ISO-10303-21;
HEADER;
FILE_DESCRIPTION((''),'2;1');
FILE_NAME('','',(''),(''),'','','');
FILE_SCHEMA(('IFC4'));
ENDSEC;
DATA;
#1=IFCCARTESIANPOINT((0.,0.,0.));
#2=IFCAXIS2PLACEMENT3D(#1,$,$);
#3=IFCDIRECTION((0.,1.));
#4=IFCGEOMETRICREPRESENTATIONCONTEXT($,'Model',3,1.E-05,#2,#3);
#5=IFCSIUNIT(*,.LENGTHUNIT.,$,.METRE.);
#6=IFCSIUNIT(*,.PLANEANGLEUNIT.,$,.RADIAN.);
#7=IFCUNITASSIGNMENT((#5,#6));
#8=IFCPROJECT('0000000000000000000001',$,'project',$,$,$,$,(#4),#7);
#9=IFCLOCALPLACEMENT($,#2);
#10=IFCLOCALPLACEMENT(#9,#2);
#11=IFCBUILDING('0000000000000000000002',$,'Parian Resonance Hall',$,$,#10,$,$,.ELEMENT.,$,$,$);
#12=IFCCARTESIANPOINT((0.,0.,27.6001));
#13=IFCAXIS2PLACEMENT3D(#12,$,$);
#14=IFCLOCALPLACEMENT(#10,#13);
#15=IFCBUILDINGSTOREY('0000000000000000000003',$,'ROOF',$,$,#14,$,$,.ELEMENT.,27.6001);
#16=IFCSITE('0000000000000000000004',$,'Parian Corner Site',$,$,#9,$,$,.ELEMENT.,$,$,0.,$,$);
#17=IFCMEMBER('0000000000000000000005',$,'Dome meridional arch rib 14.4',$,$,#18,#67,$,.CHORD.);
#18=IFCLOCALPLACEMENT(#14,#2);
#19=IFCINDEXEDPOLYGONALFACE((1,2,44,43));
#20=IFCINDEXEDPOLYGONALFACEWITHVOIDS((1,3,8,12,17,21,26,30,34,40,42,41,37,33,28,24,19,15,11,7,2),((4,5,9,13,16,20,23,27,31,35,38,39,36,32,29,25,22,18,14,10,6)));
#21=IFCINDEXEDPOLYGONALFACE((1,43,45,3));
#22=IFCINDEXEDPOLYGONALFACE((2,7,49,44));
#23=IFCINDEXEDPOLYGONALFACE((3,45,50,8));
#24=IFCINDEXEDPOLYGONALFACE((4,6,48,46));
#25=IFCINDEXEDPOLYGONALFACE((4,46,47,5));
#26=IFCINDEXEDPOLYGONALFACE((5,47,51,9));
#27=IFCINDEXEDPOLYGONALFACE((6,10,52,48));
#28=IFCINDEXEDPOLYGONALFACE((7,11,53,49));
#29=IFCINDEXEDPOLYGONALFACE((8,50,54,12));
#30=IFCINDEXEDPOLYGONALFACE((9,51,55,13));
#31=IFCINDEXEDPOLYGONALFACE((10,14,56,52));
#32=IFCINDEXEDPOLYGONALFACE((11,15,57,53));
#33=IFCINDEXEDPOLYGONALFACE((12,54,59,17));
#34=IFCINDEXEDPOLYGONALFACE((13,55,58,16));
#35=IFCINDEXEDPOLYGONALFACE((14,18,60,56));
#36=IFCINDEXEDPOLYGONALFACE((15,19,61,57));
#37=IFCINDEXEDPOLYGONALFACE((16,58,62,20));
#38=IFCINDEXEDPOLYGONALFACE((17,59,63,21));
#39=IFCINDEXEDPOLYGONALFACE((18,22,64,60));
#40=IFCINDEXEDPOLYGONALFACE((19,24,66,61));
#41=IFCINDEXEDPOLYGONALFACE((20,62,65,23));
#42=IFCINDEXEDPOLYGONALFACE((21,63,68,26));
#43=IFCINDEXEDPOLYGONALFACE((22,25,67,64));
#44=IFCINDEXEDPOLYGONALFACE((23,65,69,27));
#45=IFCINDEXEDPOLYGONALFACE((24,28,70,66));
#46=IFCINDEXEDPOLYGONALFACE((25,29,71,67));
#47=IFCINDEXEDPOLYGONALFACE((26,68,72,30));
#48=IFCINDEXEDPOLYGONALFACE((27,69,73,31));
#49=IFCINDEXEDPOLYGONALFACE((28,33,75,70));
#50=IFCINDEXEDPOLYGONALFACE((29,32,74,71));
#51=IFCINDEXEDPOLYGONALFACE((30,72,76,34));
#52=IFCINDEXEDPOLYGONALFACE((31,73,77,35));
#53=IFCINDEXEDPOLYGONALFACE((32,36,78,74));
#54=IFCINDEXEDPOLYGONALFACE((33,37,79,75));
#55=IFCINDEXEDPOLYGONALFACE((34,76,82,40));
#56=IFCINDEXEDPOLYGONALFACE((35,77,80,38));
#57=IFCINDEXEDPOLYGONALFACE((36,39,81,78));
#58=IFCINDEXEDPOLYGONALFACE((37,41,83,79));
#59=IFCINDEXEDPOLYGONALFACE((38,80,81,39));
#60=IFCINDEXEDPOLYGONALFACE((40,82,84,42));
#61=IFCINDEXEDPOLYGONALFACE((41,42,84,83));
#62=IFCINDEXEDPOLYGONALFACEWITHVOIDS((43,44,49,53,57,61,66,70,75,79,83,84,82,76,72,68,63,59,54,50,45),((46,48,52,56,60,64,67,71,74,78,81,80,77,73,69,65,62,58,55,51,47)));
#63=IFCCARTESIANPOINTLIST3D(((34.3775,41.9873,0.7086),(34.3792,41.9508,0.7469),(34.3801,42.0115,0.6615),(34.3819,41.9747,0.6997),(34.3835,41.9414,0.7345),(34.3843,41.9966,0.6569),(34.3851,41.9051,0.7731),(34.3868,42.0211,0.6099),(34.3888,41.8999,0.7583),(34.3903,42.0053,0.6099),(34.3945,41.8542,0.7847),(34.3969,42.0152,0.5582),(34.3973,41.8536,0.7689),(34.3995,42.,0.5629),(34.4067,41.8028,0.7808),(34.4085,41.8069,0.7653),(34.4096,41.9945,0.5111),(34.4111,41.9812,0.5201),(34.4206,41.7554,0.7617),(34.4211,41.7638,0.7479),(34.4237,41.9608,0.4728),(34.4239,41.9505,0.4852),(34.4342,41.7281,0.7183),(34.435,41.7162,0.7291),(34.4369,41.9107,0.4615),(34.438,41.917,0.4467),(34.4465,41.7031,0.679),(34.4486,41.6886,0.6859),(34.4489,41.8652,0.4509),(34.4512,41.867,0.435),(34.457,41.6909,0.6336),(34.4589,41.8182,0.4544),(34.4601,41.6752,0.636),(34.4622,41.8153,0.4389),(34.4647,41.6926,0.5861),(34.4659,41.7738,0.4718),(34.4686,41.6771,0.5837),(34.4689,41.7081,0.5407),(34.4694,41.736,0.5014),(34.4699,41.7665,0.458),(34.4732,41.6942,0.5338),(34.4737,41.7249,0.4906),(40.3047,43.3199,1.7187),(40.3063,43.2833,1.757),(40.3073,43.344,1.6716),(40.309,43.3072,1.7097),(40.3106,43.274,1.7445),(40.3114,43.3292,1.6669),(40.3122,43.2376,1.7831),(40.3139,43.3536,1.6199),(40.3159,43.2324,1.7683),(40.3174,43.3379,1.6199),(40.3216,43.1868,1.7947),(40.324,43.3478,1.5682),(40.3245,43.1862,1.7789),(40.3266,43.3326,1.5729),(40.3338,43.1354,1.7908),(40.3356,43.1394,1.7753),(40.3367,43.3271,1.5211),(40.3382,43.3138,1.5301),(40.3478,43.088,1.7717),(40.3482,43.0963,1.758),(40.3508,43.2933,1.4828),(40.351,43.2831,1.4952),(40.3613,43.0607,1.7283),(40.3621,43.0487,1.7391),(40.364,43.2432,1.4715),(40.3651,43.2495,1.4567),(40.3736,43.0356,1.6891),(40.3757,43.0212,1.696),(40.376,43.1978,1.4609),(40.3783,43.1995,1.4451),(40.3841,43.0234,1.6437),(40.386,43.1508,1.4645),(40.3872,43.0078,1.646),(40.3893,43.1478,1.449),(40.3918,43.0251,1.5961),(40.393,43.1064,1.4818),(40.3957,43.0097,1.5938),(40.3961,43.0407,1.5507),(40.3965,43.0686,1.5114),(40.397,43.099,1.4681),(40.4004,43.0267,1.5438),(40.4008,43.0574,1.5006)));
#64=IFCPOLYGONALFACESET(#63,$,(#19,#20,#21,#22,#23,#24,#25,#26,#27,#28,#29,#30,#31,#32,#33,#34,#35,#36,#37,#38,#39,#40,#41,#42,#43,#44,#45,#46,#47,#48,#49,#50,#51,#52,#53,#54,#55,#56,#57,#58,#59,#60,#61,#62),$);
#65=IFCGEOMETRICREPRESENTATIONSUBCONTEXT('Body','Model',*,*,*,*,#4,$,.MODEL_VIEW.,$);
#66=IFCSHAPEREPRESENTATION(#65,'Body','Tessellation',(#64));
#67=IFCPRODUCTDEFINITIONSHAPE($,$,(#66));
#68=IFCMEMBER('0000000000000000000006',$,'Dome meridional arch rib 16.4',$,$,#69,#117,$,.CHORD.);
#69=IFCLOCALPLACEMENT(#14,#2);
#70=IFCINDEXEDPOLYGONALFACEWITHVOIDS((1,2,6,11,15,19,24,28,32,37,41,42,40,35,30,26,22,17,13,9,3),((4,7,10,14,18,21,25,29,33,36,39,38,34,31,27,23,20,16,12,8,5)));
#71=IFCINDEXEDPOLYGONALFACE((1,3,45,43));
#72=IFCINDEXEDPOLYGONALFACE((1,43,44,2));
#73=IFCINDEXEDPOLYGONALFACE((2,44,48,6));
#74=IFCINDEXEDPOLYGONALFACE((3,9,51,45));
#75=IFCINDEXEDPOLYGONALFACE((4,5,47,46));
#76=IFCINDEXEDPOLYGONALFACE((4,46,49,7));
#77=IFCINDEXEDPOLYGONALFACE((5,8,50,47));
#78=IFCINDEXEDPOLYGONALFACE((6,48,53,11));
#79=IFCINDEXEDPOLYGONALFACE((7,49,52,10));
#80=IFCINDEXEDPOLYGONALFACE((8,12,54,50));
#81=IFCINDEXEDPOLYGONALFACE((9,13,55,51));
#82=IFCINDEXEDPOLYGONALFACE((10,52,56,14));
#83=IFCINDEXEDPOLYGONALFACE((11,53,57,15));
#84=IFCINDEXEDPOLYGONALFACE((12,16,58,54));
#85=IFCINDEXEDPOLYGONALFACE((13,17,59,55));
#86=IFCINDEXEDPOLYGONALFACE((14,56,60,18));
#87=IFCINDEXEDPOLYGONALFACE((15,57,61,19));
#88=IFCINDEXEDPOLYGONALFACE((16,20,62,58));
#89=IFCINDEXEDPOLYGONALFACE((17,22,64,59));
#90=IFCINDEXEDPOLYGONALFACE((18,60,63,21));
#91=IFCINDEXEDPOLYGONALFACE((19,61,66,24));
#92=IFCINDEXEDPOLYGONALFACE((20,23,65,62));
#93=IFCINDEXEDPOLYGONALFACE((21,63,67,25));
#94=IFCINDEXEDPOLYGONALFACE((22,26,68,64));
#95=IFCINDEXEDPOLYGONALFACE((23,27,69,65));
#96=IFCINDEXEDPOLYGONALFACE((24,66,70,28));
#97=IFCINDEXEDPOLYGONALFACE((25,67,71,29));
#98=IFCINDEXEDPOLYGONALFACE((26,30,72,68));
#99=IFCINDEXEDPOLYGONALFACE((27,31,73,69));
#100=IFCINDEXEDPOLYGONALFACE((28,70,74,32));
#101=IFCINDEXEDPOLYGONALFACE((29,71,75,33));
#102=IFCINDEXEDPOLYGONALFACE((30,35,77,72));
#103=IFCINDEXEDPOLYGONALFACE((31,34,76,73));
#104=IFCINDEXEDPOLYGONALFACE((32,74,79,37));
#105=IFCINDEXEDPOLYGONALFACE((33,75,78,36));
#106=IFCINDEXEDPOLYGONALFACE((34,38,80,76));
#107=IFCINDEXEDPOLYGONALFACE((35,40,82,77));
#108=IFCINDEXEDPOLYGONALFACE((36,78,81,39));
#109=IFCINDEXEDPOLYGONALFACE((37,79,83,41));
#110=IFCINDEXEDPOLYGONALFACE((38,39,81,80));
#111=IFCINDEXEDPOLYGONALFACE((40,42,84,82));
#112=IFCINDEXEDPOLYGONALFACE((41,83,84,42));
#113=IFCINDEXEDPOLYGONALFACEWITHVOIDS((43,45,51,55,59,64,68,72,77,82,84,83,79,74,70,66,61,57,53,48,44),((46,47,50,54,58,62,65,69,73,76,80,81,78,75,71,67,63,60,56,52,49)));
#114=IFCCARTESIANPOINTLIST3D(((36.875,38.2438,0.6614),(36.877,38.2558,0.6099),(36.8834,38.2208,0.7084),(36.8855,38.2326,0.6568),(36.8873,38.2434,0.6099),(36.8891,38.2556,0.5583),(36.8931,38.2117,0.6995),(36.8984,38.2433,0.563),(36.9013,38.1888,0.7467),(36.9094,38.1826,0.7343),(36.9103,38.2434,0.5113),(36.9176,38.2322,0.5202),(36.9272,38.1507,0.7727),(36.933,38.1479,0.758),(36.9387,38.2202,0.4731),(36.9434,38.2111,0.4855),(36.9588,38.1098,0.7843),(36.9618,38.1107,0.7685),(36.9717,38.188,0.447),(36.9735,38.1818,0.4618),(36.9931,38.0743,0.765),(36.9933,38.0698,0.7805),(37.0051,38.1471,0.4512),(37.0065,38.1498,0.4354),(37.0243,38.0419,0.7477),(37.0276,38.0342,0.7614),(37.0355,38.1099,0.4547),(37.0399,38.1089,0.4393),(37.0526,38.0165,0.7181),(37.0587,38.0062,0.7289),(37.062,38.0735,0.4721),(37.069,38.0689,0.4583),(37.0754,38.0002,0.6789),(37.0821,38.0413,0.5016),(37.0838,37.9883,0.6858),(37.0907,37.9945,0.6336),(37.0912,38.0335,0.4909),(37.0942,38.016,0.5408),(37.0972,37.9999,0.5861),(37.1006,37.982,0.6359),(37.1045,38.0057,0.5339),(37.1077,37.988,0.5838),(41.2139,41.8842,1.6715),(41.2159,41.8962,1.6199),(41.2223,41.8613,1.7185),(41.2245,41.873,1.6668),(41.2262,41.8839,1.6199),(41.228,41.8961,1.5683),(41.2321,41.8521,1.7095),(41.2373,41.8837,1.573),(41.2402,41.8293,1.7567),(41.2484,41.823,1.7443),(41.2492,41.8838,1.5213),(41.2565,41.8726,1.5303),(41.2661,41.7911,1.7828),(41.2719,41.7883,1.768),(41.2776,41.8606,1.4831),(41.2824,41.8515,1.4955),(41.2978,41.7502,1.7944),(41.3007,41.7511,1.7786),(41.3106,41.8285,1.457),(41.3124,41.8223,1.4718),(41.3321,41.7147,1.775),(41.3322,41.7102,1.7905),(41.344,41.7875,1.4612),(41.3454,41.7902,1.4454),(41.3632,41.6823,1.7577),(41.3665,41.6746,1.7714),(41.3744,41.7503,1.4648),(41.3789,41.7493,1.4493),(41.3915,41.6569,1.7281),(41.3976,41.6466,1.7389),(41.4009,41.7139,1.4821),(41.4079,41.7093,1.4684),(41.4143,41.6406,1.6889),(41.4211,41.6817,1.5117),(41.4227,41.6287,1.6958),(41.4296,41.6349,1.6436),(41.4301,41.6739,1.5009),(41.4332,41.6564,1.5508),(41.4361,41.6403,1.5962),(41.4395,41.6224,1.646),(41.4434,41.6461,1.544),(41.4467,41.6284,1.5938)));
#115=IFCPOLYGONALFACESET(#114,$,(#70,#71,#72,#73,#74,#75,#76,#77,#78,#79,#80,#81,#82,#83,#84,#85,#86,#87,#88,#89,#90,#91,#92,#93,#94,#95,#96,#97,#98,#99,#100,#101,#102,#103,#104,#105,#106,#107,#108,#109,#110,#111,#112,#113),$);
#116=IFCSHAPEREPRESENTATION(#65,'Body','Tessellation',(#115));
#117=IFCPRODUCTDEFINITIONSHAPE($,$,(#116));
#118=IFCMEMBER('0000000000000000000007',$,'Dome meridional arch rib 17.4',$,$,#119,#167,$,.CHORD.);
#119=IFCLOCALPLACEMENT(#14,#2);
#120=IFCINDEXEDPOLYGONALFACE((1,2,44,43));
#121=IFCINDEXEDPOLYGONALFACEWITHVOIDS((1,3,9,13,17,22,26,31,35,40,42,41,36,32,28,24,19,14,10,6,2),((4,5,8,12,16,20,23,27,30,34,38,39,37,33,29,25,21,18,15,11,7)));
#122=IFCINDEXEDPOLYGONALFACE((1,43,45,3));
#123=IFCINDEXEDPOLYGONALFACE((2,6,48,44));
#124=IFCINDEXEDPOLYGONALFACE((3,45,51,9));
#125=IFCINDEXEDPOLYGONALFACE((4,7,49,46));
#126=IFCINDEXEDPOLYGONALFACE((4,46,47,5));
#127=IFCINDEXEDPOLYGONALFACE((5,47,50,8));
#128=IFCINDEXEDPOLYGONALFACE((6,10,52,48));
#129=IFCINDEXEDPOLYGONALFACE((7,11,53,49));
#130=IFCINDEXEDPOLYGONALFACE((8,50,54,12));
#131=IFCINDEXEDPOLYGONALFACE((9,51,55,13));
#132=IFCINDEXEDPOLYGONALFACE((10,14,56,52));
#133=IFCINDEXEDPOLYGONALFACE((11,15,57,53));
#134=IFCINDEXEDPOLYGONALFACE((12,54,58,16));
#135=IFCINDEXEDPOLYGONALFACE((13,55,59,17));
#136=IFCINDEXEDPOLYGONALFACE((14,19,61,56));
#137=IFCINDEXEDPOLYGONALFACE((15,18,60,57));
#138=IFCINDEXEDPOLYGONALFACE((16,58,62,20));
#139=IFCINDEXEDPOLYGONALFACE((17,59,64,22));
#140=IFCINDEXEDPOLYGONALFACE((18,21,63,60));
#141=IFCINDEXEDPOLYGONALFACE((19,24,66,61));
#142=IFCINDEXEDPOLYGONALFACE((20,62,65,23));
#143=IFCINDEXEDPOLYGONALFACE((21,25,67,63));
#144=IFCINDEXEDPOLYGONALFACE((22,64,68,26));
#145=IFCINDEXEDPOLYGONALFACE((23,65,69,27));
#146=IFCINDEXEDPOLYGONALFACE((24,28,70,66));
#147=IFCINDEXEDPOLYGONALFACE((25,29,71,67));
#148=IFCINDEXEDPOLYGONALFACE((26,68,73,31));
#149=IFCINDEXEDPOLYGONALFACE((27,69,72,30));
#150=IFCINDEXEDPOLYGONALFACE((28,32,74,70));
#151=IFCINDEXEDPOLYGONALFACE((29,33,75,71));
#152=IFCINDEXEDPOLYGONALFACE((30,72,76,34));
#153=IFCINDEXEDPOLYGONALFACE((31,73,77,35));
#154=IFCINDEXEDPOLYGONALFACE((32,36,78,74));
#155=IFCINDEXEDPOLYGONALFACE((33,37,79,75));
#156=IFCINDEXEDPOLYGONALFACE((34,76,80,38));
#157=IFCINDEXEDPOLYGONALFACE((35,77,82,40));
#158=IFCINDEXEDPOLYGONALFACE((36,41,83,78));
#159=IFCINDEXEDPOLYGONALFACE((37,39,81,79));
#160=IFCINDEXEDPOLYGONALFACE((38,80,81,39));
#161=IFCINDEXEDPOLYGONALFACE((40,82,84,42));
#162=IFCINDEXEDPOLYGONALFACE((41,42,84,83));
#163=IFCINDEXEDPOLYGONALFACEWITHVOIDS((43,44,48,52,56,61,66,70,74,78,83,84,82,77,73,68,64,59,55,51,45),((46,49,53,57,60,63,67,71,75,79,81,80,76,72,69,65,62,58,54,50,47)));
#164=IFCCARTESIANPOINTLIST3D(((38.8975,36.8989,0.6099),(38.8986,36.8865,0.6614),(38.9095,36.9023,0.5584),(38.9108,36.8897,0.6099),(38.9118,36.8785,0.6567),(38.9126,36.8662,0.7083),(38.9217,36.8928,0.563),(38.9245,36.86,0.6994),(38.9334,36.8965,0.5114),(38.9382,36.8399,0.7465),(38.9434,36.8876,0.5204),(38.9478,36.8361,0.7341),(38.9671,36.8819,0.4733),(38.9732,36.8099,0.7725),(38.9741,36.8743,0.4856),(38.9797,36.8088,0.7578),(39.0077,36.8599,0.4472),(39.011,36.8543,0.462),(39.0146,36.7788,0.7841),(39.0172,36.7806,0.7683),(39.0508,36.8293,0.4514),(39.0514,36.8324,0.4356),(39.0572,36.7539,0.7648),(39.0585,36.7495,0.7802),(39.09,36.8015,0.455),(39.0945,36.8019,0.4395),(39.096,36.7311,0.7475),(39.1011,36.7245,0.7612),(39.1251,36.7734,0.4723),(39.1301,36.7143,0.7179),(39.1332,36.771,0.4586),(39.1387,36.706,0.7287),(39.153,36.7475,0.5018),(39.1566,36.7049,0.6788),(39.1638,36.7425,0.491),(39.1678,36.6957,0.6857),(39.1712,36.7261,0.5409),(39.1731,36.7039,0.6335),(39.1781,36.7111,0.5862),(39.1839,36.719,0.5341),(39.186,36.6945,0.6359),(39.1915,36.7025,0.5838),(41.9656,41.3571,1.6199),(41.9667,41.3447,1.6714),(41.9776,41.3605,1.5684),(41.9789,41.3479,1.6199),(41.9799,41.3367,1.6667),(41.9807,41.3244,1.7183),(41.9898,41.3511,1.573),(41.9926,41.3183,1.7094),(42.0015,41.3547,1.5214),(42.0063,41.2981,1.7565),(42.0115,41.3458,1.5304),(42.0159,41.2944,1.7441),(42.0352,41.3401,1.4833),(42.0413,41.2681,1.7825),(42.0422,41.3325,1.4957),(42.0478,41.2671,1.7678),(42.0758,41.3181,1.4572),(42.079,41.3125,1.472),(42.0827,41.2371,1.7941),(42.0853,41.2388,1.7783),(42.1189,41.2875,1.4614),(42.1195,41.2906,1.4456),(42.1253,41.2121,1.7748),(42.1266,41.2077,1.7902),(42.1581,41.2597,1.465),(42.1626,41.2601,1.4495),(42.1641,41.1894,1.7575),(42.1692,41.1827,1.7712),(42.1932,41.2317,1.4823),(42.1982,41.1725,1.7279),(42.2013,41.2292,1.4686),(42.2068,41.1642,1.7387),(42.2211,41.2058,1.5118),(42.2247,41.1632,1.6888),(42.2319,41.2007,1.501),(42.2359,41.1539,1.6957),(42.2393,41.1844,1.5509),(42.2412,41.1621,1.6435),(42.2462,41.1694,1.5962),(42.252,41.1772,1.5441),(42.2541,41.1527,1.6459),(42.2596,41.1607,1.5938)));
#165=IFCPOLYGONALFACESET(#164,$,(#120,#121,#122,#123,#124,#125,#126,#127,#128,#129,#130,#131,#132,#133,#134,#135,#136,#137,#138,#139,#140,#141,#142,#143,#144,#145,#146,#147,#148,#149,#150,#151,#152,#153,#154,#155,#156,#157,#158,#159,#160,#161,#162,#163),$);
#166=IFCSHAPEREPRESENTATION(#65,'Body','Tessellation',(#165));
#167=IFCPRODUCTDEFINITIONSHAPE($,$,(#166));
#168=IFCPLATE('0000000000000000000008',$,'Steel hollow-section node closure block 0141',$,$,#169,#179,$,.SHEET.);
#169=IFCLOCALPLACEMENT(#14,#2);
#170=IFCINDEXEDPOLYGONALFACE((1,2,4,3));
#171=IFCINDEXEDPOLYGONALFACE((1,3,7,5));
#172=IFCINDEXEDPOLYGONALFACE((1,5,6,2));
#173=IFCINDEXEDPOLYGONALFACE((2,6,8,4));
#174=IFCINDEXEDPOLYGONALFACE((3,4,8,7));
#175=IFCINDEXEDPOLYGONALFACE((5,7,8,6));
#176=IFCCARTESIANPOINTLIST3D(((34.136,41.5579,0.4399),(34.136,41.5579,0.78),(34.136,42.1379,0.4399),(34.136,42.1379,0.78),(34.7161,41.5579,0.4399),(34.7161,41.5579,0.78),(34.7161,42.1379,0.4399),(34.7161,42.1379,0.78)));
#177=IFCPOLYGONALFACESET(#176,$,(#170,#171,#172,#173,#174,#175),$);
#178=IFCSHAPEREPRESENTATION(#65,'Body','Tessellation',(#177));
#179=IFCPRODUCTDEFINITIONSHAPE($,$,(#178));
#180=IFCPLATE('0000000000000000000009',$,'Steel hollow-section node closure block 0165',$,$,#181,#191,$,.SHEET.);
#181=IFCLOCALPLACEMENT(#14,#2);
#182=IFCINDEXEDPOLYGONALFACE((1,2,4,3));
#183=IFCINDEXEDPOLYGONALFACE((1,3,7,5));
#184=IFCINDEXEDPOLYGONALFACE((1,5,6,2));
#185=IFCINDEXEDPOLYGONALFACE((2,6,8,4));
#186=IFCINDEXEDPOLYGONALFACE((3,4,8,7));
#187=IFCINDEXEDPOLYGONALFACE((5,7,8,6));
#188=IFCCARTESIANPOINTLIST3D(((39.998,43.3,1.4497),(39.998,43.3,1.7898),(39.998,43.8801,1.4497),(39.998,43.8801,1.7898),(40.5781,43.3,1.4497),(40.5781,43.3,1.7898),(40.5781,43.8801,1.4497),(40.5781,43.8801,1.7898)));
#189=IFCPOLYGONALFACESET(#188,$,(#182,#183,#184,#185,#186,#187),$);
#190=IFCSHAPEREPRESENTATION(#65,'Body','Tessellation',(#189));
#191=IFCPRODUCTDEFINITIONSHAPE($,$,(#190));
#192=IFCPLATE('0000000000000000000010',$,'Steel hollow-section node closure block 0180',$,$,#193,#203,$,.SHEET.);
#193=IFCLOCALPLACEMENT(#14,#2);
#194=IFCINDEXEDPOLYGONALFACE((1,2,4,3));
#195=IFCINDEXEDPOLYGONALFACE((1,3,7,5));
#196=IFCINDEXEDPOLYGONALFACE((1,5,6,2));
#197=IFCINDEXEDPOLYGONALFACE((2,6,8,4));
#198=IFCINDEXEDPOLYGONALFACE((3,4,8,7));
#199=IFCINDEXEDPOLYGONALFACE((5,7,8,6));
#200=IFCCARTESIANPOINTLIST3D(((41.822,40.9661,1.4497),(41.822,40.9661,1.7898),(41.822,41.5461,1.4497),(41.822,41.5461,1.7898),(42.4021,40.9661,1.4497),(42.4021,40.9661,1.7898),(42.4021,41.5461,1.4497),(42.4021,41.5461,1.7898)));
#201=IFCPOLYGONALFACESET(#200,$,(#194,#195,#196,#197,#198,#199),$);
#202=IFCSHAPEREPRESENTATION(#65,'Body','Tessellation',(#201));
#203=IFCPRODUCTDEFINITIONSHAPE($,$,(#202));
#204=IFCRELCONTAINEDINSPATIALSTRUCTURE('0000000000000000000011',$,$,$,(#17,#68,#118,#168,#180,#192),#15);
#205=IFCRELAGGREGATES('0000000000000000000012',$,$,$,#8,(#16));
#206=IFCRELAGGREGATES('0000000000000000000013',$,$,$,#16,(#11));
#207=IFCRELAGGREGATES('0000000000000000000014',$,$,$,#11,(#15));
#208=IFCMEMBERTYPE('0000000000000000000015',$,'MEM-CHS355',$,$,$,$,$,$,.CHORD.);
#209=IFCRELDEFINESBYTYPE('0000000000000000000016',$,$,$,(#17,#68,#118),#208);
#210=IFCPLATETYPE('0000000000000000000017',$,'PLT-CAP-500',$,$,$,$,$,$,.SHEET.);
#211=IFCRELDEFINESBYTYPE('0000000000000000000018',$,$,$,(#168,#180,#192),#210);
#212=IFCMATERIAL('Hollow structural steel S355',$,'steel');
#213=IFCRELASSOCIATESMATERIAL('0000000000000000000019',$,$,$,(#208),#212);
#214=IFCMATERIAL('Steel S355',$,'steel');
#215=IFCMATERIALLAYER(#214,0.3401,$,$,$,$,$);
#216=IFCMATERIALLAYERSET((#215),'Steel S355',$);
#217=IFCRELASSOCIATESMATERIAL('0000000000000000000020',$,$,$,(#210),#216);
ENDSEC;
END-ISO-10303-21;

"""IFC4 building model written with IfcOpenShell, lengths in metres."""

from ifc_helpers import new_model, si_unit, direction, frame, origin, origin_2d, place, context, subcontext, project, spatial, rectangle, hollow_circle, extrude, material, layer, layer_set, material_profile, profile_set, type_object, element, save


model = new_model("IFC4")

# Units and contexts
model_context = context("Model", 3, precision=1e-05, world=origin(), true_north=direction((0.0, 1.0)))
body_context = subcontext(model_context, "Body", "Model", "MODEL_VIEW")
ifc_project = project(units=[si_unit("LENGTHUNIT", "METRE"), si_unit("PLANEANGLEUNIT", "RADIAN")], contexts=[model_context])

# Site, building, storey
site_placement = place(None, origin())
site = spatial("IfcSite", under=ifc_project, at=site_placement, Name="Parian Corner Site", CompositionType="ELEMENT", RefElevation=0.0)
building_placement = place(site_placement, origin())
building = spatial("IfcBuilding", under=site, at=building_placement, Name="Parian Resonance Hall", CompositionType="ELEMENT")
storey_placement = place(building_placement, frame((0.0, 0.0, 27.6001)))
storey = spatial("IfcBuildingStorey", under=building, at=storey_placement, Name="ROOF", CompositionType="ELEMENT", Elevation=27.6001)

# Members
ifc_material_1 = material(Name="Hollow structural steel S355", Category="steel")
ifc_material_profile_1 = material_profile(ifc_material_1, hollow_circle(Radius=0.1777, WallThickness=0.0161, at=origin_2d()), Name="CHS355.6x16")
ifc_profile_set_1 = profile_set([ifc_material_profile_1], Name="Hollow structural steel S355")
member_type_1 = type_object("IfcMemberType", Name="MEM-CHS355", PredefinedType="CHORD", material=ifc_profile_set_1)
member_1_placement = place(storey_placement, frame((34.4258, 41.8477, 0.6099), z_axis=(0.962436, 0.216377, 0.164007), x_axis=(-0.219347, 0.975647, 0.0)))
element("IfcMember", 1, at=member_1_placement, inside=storey, type_object=member_type_1, Name="Dome meridional arch rib 14.4", PredefinedType="CHORD", context=body_context, shape_type="SweptSolid", body=[
    extrude(hollow_circle(Radius=0.1777, WallThickness=0.0161, at=origin_2d()), origin(), (0.0, 0.0, 1.0), 6.1584),
])
member_2_placement = place(storey_placement, frame((36.9912, 38.1196, 0.6099), z_axis=(0.754178, 0.632768, 0.175559), x_axis=(-0.64275, 0.766076, 0.0)))
element("IfcMember", 2, at=member_2_placement, inside=storey, type_object=member_type_1, Name="Dome meridional arch rib 16.4", PredefinedType="CHORD", context=body_context, shape_type="SweptSolid", body=[
    extrude(hollow_circle(Radius=0.1777, WallThickness=0.0161, at=origin_2d()), origin(), (0.0, 0.0, 1.0), 5.7532),
])
member_3_placement = place(storey_placement, frame((39.0439, 36.7981, 0.6099), z_axis=(0.557292, 0.809796, 0.183458), x_axis=(-0.823777, 0.566914, 0.0)))
element("IfcMember", 3, at=member_3_placement, inside=storey, type_object=member_type_1, Name="Dome meridional arch rib 17.4", PredefinedType="CHORD", context=body_context, shape_type="SweptSolid", body=[
    extrude(hollow_circle(Radius=0.1777, WallThickness=0.0161, at=origin_2d()), origin(), (0.0, 0.0, 1.0), 5.5054),
])

# Plates
ifc_material_2 = material(Name="Steel S355", Category="steel")
ifc_layer_1 = layer(ifc_material_2, 0.3401)
ifc_layer_set_1 = layer_set([ifc_layer_1], Name="Steel S355")
plate_type_1 = type_object("IfcPlateType", Name="PLT-CAP-500", PredefinedType="SHEET", material=ifc_layer_set_1)
for number, where, z_axis, x_axis, name in (
    (4, (34.426, 41.8479, 0.4399), (0.0, 0.0, 1.0), (1.0, 0.0, 0.0), "Steel hollow-section node closure block 0141"),
    (5, (40.2881, 43.5901, 1.4497), (0.0, 0.0, 1.0), (1.0, 0.0, 0.0), "Steel hollow-section node closure block 0165"),
    (6, (42.1121, 41.2561, 1.4497), (0.0, 0.0, 1.0), (1.0, 0.0, 0.0), "Steel hollow-section node closure block 0180"),
):
    element("IfcPlate", number, at=place(storey_placement, frame(where, z_axis=z_axis, x_axis=x_axis)), inside=storey, type_object=plate_type_1, Name=name, PredefinedType="SHEET", context=body_context, shape_type="SweptSolid", body=[
        extrude(rectangle(XDim=0.5801, YDim=0.5801, at=origin_2d()), origin(), (0.0, 0.0, 1.0), 0.3401),
    ])

save(model, "model.ifc")
